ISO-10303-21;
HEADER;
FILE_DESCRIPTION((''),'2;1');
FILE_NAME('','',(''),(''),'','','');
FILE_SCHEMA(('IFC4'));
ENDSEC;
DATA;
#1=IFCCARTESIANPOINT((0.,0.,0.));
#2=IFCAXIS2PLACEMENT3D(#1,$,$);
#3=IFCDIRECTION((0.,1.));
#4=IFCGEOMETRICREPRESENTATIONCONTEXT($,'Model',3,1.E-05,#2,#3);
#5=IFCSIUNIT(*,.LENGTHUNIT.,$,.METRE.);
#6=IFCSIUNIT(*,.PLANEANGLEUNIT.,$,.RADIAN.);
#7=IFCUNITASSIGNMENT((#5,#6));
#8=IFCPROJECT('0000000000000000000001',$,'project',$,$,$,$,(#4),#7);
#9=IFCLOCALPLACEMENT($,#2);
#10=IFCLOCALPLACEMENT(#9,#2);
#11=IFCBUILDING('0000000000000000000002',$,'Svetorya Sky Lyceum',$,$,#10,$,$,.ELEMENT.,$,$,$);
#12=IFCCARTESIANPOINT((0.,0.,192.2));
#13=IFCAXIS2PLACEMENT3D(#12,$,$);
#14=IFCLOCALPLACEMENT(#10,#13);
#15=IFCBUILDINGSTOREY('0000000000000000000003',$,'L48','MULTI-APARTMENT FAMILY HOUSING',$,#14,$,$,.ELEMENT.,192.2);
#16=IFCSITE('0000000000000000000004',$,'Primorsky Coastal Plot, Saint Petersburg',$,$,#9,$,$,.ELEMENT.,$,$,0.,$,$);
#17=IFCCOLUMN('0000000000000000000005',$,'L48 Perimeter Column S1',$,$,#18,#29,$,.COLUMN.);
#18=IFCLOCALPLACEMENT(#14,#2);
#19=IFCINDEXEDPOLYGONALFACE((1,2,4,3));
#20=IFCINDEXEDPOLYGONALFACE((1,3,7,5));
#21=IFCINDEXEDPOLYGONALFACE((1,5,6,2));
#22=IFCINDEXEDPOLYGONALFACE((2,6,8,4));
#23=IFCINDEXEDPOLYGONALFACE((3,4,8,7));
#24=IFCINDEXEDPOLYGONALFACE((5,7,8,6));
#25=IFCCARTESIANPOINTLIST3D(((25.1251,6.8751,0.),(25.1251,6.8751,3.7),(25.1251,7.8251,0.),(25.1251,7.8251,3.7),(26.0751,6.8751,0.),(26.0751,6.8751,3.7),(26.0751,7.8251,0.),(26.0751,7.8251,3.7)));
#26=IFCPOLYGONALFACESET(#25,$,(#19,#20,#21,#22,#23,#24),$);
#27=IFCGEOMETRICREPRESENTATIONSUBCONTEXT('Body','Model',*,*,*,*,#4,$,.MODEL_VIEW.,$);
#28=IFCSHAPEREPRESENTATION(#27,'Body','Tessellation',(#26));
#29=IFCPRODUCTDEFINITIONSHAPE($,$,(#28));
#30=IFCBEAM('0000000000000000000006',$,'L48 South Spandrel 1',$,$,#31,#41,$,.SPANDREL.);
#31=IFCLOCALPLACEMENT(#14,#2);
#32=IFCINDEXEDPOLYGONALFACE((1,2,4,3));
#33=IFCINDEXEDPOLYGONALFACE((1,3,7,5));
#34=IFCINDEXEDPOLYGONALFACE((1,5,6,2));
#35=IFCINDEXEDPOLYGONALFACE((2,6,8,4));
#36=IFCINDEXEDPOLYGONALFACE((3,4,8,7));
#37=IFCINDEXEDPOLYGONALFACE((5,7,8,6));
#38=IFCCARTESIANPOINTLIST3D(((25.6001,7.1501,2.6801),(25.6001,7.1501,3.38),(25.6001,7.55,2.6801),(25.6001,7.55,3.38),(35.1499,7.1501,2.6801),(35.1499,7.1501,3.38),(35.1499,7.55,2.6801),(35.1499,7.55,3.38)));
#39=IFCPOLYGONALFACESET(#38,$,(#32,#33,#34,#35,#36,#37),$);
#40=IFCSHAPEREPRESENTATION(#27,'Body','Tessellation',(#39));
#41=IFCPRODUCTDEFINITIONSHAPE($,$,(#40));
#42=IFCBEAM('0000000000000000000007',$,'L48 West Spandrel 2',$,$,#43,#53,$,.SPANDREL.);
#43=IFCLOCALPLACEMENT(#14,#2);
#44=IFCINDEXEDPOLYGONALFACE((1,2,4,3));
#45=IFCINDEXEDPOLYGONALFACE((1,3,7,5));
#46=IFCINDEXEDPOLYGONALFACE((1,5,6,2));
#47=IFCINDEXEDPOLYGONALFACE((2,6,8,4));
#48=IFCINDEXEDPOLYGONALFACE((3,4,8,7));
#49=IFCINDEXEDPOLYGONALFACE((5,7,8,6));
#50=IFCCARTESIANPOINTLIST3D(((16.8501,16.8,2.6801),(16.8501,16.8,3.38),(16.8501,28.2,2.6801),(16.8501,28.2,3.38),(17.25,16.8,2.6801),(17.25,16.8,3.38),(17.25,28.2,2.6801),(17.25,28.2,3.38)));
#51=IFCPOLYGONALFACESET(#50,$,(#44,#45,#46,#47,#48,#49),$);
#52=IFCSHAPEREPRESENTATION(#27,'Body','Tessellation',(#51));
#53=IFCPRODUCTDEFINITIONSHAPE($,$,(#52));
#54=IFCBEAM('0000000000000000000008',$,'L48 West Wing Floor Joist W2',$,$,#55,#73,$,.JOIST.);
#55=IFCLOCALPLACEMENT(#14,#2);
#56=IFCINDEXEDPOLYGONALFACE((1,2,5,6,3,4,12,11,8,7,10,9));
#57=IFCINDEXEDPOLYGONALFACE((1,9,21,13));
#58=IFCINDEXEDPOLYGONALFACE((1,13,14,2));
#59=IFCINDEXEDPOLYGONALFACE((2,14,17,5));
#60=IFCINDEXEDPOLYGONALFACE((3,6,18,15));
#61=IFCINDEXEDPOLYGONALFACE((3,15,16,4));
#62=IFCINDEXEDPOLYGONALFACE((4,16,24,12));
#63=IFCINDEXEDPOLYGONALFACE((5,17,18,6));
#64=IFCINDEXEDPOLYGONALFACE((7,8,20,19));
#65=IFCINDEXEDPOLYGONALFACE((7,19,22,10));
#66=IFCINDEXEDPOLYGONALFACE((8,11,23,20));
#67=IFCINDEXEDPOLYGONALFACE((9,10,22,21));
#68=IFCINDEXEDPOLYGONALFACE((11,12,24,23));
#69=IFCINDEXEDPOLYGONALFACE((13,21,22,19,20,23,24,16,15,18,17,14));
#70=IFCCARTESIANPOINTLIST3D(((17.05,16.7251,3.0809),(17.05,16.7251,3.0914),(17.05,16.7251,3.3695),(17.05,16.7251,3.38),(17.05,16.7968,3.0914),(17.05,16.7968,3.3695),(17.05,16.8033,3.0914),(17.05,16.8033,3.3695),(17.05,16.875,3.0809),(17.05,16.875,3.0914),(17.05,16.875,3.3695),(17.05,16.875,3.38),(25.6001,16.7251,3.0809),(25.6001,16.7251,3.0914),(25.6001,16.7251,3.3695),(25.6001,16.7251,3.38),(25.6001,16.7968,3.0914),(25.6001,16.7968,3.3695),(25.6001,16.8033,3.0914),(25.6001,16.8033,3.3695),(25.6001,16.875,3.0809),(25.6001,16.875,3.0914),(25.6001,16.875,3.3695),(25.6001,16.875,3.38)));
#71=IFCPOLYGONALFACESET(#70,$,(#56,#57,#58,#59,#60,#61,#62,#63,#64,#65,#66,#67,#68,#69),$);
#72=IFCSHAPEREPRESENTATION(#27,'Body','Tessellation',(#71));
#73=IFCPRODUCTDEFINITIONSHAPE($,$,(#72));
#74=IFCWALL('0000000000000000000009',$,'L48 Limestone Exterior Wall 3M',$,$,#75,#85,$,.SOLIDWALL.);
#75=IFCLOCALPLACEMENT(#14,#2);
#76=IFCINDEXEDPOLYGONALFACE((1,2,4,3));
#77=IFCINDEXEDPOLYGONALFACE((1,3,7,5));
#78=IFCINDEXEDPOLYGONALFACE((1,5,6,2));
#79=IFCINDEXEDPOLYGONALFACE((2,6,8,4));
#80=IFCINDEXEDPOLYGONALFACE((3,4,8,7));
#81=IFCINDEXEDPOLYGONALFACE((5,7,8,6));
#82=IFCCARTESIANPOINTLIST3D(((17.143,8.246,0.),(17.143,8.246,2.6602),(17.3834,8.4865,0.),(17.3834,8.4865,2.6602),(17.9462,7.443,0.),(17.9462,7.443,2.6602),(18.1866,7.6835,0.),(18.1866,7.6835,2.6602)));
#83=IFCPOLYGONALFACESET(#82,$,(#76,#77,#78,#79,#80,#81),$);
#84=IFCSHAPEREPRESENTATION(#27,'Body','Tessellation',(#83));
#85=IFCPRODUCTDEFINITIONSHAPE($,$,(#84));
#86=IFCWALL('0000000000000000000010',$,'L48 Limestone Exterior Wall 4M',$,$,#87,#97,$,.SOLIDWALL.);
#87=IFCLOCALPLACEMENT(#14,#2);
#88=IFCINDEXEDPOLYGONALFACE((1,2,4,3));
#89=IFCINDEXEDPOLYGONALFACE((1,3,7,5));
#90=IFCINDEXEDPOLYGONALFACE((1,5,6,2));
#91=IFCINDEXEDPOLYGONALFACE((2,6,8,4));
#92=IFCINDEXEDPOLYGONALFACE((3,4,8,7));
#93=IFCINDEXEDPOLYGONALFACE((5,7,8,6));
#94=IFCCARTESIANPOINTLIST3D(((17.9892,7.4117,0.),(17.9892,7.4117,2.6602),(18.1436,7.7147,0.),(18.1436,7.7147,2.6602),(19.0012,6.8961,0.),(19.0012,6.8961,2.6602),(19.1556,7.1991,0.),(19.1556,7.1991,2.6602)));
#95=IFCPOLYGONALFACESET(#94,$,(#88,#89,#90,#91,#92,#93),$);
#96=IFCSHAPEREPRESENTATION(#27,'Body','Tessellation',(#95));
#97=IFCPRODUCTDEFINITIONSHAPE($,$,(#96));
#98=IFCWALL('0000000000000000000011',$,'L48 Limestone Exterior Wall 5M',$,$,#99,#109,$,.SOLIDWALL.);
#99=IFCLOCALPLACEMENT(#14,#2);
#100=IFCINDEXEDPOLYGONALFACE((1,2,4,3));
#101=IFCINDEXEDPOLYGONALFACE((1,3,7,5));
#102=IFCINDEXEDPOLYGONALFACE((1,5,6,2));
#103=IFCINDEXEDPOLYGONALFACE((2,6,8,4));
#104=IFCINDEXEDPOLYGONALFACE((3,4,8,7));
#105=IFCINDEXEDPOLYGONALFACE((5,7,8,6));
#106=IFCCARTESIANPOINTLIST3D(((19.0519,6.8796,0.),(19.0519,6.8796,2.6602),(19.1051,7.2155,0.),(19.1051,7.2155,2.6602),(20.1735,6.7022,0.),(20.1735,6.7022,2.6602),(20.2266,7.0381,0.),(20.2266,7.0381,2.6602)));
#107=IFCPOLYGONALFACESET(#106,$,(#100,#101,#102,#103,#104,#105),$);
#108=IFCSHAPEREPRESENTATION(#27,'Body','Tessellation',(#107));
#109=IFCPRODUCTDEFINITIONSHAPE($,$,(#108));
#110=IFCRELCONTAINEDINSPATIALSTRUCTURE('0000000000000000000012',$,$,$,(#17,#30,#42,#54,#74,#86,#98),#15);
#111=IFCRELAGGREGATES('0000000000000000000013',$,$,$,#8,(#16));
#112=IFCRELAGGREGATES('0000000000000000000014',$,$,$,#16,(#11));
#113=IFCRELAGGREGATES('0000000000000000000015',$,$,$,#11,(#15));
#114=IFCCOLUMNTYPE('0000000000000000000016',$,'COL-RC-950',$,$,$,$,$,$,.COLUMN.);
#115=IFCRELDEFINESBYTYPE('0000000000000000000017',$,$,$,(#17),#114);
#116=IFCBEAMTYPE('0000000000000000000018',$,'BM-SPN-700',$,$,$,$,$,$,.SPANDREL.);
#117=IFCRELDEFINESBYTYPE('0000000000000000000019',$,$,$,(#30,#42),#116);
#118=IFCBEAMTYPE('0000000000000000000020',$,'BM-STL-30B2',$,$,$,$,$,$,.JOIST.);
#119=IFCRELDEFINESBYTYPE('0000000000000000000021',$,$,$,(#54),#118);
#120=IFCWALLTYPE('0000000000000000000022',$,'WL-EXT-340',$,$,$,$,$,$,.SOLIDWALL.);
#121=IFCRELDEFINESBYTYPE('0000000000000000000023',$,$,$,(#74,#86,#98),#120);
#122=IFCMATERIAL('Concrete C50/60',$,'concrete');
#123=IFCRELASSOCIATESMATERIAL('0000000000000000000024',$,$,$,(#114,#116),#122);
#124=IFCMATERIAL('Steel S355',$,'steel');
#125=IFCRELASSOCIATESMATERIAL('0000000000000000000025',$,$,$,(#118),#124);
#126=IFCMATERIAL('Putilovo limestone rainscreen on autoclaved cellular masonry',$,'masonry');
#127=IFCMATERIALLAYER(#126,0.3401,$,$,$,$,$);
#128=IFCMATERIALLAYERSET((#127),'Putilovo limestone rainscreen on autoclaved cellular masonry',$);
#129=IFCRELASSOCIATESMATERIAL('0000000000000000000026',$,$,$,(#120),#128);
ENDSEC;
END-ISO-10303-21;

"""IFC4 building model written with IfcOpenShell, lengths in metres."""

from ifc_helpers import new_model, si_unit, direction, frame, frame_2d, origin, origin_2d, place, context, subcontext, project, spatial, rectangle, i_section, extrude, material, layer, layer_set, material_profile, profile_set, type_object, element, save


model = new_model("IFC4")

# Units and contexts
model_context = context("Model", 3, precision=1e-05, world=origin(), true_north=direction((0.0, 1.0)))
body_context = subcontext(model_context, "Body", "Model", "MODEL_VIEW")
ifc_project = project(units=[si_unit("LENGTHUNIT", "METRE"), si_unit("PLANEANGLEUNIT", "RADIAN")], contexts=[model_context])

# Site, building, storey
site_placement = place(None, origin())
site = spatial("IfcSite", under=ifc_project, at=site_placement, Name="Primorsky Coastal Plot, Saint Petersburg", CompositionType="ELEMENT", RefElevation=0.0)
building_placement = place(site_placement, origin())
building = spatial("IfcBuilding", under=site, at=building_placement, Name="Svetorya Sky Lyceum", CompositionType="ELEMENT")
storey_placement = place(building_placement, frame((0.0, 0.0, 192.2)))
storey = spatial("IfcBuildingStorey", under=building, at=storey_placement, Name="L48", Description="MULTI-APARTMENT FAMILY HOUSING", CompositionType="ELEMENT", Elevation=192.2)

# Column
ifc_material_1 = material(Name="Concrete C50/60", Category="concrete")
ifc_material_profile_1 = material_profile(ifc_material_1, rectangle(XDim=0.95, YDim=0.95, at=origin_2d()), Name="RC COL 950x950")
ifc_profile_set_1 = profile_set([ifc_material_profile_1], Name="Concrete C50/60")
column_type = type_object("IfcColumnType", Name="COL-RC-950", PredefinedType="COLUMN", material=ifc_profile_set_1)
column_placement = place(storey_placement, frame((25.6001, 7.3501, 0.0), z_axis=(0.0, 0.0, 1.0), x_axis=(1.0, 0.0, 0.0)))
element("IfcColumn", 1, at=column_placement, inside=storey, type_object=column_type, Name="L48 Perimeter Column S1", PredefinedType="COLUMN", context=body_context, shape_type="SweptSolid", body=[
    extrude(rectangle(XDim=0.95, YDim=0.95, at=origin_2d()), origin(), (0.0, 0.0, 1.0), 3.7),
])

# Beams
ifc_material_profile_2 = material_profile(ifc_material_1, rectangle(XDim=0.3999, YDim=0.7, at=origin_2d()), Name="RC SPANDREL 400x700")
ifc_profile_set_2 = profile_set([ifc_material_profile_2], Name="Concrete C50/60")
beam_type_1 = type_object("IfcBeamType", Name="BM-SPN-700", PredefinedType="SPANDREL", material=ifc_profile_set_2)
beam_1_placement = place(storey_placement, frame((25.6001, 7.3501, 3.03), z_axis=(1.0, 0.0, 0.0), x_axis=(0.0, 1.0, 0.0)))
element("IfcBeam", 2, at=beam_1_placement, inside=storey, type_object=beam_type_1, Name="L48 South Spandrel 1", PredefinedType="SPANDREL", context=body_context, shape_type="SweptSolid", body=[
    extrude(rectangle(XDim=0.3999, YDim=0.7, at=origin_2d()), origin(), (0.0, 0.0, 1.0), 9.5498),
])
beam_2_placement = place(storey_placement, frame((17.05, 16.8, 3.03), z_axis=(0.0, 1.0, 0.0), x_axis=(-1.0, 0.0, 0.0)))
element("IfcBeam", 3, at=beam_2_placement, inside=storey, type_object=beam_type_1, Name="L48 West Spandrel 2", PredefinedType="SPANDREL", context=body_context, shape_type="SweptSolid", body=[
    extrude(rectangle(XDim=0.3999, YDim=0.7, at=origin_2d()), origin(), (0.0, 0.0, 1.0), 11.3999),
])
ifc_material_2 = material(Name="Steel S355", Category="steel")
ifc_material_profile_3 = material_profile(ifc_material_2, i_section(OverallWidth=0.1499, OverallDepth=0.2991, WebThickness=0.0066, FlangeThickness=0.0105, at=origin_2d()), Name="GOST 30B2")
ifc_profile_set_3 = profile_set([ifc_material_profile_3], Name="Steel S355")
beam_type_2 = type_object("IfcBeamType", Name="BM-STL-30B2", PredefinedType="JOIST", material=ifc_profile_set_3)
beam_3_placement = place(storey_placement, frame((17.05, 16.8, 3.2305), z_axis=(1.0, 0.0, 0.0), x_axis=(0.0, 1.0, 0.0)))
element("IfcBeam", 4, at=beam_3_placement, inside=storey, type_object=beam_type_2, Name="L48 West Wing Floor Joist W2", PredefinedType="JOIST", context=body_context, shape_type="SweptSolid", body=[
    extrude(i_section(OverallWidth=0.1499, OverallDepth=0.2991, WebThickness=0.0066, FlangeThickness=0.0105, at=origin_2d()), origin(), (0.0, 0.0, 1.0), 8.55),
])

# Walls
ifc_material_3 = material(Name="Putilovo limestone rainscreen on autoclaved cellular masonry", Category="masonry")
ifc_layer_1 = layer(ifc_material_3, 0.3401)
ifc_layer_set_1 = layer_set([ifc_layer_1], Name="Putilovo limestone rainscreen on autoclaved cellular masonry")
wall_type_1 = type_object("IfcWallType", Name="WL-EXT-340", PredefinedType="SOLIDWALL", material=ifc_layer_set_1)
for number, where, z_axis, x_axis, name in (
    (5, (17.2632, 8.3662, 0.0), (0.0, 0.0, 1.0), (0.707214, -0.706999, 0.0), "L48 Limestone Exterior Wall 3M"),
    (6, (18.0664, 7.5632, 0.0), (0.0, 0.0, 1.0), (0.891005, -0.453993, 0.0), "L48 Limestone Exterior Wall 4M"),
):
    element("IfcWall", number, at=place(storey_placement, frame(where, z_axis=z_axis, x_axis=x_axis)), inside=storey, type_object=wall_type_1, Name=name, PredefinedType="SOLIDWALL", context=body_context, shape_type="SweptSolid", body=[
        extrude(rectangle(XDim=1.1357, YDim=0.3401, at=frame_2d((0.5679, 0.0))), origin(), (0.0, 0.0, 1.0), 2.6602),
    ])
wall_1_placement = place(storey_placement, frame((19.0784, 7.0476, 0.0), z_axis=(0.0, 0.0, 1.0), x_axis=(0.987709, -0.156305, 0.0)))
element("IfcWall", 7, at=wall_1_placement, inside=storey, type_object=wall_type_1, Name="L48 Limestone Exterior Wall 5M", PredefinedType="SOLIDWALL", context=body_context, shape_type="SweptSolid", body=[
    extrude(rectangle(XDim=1.1355, YDim=0.3401, at=frame_2d((0.5679, 0.0))), origin(), (0.0, 0.0, 1.0), 2.6602),
])

save(model, "model.ifc")
